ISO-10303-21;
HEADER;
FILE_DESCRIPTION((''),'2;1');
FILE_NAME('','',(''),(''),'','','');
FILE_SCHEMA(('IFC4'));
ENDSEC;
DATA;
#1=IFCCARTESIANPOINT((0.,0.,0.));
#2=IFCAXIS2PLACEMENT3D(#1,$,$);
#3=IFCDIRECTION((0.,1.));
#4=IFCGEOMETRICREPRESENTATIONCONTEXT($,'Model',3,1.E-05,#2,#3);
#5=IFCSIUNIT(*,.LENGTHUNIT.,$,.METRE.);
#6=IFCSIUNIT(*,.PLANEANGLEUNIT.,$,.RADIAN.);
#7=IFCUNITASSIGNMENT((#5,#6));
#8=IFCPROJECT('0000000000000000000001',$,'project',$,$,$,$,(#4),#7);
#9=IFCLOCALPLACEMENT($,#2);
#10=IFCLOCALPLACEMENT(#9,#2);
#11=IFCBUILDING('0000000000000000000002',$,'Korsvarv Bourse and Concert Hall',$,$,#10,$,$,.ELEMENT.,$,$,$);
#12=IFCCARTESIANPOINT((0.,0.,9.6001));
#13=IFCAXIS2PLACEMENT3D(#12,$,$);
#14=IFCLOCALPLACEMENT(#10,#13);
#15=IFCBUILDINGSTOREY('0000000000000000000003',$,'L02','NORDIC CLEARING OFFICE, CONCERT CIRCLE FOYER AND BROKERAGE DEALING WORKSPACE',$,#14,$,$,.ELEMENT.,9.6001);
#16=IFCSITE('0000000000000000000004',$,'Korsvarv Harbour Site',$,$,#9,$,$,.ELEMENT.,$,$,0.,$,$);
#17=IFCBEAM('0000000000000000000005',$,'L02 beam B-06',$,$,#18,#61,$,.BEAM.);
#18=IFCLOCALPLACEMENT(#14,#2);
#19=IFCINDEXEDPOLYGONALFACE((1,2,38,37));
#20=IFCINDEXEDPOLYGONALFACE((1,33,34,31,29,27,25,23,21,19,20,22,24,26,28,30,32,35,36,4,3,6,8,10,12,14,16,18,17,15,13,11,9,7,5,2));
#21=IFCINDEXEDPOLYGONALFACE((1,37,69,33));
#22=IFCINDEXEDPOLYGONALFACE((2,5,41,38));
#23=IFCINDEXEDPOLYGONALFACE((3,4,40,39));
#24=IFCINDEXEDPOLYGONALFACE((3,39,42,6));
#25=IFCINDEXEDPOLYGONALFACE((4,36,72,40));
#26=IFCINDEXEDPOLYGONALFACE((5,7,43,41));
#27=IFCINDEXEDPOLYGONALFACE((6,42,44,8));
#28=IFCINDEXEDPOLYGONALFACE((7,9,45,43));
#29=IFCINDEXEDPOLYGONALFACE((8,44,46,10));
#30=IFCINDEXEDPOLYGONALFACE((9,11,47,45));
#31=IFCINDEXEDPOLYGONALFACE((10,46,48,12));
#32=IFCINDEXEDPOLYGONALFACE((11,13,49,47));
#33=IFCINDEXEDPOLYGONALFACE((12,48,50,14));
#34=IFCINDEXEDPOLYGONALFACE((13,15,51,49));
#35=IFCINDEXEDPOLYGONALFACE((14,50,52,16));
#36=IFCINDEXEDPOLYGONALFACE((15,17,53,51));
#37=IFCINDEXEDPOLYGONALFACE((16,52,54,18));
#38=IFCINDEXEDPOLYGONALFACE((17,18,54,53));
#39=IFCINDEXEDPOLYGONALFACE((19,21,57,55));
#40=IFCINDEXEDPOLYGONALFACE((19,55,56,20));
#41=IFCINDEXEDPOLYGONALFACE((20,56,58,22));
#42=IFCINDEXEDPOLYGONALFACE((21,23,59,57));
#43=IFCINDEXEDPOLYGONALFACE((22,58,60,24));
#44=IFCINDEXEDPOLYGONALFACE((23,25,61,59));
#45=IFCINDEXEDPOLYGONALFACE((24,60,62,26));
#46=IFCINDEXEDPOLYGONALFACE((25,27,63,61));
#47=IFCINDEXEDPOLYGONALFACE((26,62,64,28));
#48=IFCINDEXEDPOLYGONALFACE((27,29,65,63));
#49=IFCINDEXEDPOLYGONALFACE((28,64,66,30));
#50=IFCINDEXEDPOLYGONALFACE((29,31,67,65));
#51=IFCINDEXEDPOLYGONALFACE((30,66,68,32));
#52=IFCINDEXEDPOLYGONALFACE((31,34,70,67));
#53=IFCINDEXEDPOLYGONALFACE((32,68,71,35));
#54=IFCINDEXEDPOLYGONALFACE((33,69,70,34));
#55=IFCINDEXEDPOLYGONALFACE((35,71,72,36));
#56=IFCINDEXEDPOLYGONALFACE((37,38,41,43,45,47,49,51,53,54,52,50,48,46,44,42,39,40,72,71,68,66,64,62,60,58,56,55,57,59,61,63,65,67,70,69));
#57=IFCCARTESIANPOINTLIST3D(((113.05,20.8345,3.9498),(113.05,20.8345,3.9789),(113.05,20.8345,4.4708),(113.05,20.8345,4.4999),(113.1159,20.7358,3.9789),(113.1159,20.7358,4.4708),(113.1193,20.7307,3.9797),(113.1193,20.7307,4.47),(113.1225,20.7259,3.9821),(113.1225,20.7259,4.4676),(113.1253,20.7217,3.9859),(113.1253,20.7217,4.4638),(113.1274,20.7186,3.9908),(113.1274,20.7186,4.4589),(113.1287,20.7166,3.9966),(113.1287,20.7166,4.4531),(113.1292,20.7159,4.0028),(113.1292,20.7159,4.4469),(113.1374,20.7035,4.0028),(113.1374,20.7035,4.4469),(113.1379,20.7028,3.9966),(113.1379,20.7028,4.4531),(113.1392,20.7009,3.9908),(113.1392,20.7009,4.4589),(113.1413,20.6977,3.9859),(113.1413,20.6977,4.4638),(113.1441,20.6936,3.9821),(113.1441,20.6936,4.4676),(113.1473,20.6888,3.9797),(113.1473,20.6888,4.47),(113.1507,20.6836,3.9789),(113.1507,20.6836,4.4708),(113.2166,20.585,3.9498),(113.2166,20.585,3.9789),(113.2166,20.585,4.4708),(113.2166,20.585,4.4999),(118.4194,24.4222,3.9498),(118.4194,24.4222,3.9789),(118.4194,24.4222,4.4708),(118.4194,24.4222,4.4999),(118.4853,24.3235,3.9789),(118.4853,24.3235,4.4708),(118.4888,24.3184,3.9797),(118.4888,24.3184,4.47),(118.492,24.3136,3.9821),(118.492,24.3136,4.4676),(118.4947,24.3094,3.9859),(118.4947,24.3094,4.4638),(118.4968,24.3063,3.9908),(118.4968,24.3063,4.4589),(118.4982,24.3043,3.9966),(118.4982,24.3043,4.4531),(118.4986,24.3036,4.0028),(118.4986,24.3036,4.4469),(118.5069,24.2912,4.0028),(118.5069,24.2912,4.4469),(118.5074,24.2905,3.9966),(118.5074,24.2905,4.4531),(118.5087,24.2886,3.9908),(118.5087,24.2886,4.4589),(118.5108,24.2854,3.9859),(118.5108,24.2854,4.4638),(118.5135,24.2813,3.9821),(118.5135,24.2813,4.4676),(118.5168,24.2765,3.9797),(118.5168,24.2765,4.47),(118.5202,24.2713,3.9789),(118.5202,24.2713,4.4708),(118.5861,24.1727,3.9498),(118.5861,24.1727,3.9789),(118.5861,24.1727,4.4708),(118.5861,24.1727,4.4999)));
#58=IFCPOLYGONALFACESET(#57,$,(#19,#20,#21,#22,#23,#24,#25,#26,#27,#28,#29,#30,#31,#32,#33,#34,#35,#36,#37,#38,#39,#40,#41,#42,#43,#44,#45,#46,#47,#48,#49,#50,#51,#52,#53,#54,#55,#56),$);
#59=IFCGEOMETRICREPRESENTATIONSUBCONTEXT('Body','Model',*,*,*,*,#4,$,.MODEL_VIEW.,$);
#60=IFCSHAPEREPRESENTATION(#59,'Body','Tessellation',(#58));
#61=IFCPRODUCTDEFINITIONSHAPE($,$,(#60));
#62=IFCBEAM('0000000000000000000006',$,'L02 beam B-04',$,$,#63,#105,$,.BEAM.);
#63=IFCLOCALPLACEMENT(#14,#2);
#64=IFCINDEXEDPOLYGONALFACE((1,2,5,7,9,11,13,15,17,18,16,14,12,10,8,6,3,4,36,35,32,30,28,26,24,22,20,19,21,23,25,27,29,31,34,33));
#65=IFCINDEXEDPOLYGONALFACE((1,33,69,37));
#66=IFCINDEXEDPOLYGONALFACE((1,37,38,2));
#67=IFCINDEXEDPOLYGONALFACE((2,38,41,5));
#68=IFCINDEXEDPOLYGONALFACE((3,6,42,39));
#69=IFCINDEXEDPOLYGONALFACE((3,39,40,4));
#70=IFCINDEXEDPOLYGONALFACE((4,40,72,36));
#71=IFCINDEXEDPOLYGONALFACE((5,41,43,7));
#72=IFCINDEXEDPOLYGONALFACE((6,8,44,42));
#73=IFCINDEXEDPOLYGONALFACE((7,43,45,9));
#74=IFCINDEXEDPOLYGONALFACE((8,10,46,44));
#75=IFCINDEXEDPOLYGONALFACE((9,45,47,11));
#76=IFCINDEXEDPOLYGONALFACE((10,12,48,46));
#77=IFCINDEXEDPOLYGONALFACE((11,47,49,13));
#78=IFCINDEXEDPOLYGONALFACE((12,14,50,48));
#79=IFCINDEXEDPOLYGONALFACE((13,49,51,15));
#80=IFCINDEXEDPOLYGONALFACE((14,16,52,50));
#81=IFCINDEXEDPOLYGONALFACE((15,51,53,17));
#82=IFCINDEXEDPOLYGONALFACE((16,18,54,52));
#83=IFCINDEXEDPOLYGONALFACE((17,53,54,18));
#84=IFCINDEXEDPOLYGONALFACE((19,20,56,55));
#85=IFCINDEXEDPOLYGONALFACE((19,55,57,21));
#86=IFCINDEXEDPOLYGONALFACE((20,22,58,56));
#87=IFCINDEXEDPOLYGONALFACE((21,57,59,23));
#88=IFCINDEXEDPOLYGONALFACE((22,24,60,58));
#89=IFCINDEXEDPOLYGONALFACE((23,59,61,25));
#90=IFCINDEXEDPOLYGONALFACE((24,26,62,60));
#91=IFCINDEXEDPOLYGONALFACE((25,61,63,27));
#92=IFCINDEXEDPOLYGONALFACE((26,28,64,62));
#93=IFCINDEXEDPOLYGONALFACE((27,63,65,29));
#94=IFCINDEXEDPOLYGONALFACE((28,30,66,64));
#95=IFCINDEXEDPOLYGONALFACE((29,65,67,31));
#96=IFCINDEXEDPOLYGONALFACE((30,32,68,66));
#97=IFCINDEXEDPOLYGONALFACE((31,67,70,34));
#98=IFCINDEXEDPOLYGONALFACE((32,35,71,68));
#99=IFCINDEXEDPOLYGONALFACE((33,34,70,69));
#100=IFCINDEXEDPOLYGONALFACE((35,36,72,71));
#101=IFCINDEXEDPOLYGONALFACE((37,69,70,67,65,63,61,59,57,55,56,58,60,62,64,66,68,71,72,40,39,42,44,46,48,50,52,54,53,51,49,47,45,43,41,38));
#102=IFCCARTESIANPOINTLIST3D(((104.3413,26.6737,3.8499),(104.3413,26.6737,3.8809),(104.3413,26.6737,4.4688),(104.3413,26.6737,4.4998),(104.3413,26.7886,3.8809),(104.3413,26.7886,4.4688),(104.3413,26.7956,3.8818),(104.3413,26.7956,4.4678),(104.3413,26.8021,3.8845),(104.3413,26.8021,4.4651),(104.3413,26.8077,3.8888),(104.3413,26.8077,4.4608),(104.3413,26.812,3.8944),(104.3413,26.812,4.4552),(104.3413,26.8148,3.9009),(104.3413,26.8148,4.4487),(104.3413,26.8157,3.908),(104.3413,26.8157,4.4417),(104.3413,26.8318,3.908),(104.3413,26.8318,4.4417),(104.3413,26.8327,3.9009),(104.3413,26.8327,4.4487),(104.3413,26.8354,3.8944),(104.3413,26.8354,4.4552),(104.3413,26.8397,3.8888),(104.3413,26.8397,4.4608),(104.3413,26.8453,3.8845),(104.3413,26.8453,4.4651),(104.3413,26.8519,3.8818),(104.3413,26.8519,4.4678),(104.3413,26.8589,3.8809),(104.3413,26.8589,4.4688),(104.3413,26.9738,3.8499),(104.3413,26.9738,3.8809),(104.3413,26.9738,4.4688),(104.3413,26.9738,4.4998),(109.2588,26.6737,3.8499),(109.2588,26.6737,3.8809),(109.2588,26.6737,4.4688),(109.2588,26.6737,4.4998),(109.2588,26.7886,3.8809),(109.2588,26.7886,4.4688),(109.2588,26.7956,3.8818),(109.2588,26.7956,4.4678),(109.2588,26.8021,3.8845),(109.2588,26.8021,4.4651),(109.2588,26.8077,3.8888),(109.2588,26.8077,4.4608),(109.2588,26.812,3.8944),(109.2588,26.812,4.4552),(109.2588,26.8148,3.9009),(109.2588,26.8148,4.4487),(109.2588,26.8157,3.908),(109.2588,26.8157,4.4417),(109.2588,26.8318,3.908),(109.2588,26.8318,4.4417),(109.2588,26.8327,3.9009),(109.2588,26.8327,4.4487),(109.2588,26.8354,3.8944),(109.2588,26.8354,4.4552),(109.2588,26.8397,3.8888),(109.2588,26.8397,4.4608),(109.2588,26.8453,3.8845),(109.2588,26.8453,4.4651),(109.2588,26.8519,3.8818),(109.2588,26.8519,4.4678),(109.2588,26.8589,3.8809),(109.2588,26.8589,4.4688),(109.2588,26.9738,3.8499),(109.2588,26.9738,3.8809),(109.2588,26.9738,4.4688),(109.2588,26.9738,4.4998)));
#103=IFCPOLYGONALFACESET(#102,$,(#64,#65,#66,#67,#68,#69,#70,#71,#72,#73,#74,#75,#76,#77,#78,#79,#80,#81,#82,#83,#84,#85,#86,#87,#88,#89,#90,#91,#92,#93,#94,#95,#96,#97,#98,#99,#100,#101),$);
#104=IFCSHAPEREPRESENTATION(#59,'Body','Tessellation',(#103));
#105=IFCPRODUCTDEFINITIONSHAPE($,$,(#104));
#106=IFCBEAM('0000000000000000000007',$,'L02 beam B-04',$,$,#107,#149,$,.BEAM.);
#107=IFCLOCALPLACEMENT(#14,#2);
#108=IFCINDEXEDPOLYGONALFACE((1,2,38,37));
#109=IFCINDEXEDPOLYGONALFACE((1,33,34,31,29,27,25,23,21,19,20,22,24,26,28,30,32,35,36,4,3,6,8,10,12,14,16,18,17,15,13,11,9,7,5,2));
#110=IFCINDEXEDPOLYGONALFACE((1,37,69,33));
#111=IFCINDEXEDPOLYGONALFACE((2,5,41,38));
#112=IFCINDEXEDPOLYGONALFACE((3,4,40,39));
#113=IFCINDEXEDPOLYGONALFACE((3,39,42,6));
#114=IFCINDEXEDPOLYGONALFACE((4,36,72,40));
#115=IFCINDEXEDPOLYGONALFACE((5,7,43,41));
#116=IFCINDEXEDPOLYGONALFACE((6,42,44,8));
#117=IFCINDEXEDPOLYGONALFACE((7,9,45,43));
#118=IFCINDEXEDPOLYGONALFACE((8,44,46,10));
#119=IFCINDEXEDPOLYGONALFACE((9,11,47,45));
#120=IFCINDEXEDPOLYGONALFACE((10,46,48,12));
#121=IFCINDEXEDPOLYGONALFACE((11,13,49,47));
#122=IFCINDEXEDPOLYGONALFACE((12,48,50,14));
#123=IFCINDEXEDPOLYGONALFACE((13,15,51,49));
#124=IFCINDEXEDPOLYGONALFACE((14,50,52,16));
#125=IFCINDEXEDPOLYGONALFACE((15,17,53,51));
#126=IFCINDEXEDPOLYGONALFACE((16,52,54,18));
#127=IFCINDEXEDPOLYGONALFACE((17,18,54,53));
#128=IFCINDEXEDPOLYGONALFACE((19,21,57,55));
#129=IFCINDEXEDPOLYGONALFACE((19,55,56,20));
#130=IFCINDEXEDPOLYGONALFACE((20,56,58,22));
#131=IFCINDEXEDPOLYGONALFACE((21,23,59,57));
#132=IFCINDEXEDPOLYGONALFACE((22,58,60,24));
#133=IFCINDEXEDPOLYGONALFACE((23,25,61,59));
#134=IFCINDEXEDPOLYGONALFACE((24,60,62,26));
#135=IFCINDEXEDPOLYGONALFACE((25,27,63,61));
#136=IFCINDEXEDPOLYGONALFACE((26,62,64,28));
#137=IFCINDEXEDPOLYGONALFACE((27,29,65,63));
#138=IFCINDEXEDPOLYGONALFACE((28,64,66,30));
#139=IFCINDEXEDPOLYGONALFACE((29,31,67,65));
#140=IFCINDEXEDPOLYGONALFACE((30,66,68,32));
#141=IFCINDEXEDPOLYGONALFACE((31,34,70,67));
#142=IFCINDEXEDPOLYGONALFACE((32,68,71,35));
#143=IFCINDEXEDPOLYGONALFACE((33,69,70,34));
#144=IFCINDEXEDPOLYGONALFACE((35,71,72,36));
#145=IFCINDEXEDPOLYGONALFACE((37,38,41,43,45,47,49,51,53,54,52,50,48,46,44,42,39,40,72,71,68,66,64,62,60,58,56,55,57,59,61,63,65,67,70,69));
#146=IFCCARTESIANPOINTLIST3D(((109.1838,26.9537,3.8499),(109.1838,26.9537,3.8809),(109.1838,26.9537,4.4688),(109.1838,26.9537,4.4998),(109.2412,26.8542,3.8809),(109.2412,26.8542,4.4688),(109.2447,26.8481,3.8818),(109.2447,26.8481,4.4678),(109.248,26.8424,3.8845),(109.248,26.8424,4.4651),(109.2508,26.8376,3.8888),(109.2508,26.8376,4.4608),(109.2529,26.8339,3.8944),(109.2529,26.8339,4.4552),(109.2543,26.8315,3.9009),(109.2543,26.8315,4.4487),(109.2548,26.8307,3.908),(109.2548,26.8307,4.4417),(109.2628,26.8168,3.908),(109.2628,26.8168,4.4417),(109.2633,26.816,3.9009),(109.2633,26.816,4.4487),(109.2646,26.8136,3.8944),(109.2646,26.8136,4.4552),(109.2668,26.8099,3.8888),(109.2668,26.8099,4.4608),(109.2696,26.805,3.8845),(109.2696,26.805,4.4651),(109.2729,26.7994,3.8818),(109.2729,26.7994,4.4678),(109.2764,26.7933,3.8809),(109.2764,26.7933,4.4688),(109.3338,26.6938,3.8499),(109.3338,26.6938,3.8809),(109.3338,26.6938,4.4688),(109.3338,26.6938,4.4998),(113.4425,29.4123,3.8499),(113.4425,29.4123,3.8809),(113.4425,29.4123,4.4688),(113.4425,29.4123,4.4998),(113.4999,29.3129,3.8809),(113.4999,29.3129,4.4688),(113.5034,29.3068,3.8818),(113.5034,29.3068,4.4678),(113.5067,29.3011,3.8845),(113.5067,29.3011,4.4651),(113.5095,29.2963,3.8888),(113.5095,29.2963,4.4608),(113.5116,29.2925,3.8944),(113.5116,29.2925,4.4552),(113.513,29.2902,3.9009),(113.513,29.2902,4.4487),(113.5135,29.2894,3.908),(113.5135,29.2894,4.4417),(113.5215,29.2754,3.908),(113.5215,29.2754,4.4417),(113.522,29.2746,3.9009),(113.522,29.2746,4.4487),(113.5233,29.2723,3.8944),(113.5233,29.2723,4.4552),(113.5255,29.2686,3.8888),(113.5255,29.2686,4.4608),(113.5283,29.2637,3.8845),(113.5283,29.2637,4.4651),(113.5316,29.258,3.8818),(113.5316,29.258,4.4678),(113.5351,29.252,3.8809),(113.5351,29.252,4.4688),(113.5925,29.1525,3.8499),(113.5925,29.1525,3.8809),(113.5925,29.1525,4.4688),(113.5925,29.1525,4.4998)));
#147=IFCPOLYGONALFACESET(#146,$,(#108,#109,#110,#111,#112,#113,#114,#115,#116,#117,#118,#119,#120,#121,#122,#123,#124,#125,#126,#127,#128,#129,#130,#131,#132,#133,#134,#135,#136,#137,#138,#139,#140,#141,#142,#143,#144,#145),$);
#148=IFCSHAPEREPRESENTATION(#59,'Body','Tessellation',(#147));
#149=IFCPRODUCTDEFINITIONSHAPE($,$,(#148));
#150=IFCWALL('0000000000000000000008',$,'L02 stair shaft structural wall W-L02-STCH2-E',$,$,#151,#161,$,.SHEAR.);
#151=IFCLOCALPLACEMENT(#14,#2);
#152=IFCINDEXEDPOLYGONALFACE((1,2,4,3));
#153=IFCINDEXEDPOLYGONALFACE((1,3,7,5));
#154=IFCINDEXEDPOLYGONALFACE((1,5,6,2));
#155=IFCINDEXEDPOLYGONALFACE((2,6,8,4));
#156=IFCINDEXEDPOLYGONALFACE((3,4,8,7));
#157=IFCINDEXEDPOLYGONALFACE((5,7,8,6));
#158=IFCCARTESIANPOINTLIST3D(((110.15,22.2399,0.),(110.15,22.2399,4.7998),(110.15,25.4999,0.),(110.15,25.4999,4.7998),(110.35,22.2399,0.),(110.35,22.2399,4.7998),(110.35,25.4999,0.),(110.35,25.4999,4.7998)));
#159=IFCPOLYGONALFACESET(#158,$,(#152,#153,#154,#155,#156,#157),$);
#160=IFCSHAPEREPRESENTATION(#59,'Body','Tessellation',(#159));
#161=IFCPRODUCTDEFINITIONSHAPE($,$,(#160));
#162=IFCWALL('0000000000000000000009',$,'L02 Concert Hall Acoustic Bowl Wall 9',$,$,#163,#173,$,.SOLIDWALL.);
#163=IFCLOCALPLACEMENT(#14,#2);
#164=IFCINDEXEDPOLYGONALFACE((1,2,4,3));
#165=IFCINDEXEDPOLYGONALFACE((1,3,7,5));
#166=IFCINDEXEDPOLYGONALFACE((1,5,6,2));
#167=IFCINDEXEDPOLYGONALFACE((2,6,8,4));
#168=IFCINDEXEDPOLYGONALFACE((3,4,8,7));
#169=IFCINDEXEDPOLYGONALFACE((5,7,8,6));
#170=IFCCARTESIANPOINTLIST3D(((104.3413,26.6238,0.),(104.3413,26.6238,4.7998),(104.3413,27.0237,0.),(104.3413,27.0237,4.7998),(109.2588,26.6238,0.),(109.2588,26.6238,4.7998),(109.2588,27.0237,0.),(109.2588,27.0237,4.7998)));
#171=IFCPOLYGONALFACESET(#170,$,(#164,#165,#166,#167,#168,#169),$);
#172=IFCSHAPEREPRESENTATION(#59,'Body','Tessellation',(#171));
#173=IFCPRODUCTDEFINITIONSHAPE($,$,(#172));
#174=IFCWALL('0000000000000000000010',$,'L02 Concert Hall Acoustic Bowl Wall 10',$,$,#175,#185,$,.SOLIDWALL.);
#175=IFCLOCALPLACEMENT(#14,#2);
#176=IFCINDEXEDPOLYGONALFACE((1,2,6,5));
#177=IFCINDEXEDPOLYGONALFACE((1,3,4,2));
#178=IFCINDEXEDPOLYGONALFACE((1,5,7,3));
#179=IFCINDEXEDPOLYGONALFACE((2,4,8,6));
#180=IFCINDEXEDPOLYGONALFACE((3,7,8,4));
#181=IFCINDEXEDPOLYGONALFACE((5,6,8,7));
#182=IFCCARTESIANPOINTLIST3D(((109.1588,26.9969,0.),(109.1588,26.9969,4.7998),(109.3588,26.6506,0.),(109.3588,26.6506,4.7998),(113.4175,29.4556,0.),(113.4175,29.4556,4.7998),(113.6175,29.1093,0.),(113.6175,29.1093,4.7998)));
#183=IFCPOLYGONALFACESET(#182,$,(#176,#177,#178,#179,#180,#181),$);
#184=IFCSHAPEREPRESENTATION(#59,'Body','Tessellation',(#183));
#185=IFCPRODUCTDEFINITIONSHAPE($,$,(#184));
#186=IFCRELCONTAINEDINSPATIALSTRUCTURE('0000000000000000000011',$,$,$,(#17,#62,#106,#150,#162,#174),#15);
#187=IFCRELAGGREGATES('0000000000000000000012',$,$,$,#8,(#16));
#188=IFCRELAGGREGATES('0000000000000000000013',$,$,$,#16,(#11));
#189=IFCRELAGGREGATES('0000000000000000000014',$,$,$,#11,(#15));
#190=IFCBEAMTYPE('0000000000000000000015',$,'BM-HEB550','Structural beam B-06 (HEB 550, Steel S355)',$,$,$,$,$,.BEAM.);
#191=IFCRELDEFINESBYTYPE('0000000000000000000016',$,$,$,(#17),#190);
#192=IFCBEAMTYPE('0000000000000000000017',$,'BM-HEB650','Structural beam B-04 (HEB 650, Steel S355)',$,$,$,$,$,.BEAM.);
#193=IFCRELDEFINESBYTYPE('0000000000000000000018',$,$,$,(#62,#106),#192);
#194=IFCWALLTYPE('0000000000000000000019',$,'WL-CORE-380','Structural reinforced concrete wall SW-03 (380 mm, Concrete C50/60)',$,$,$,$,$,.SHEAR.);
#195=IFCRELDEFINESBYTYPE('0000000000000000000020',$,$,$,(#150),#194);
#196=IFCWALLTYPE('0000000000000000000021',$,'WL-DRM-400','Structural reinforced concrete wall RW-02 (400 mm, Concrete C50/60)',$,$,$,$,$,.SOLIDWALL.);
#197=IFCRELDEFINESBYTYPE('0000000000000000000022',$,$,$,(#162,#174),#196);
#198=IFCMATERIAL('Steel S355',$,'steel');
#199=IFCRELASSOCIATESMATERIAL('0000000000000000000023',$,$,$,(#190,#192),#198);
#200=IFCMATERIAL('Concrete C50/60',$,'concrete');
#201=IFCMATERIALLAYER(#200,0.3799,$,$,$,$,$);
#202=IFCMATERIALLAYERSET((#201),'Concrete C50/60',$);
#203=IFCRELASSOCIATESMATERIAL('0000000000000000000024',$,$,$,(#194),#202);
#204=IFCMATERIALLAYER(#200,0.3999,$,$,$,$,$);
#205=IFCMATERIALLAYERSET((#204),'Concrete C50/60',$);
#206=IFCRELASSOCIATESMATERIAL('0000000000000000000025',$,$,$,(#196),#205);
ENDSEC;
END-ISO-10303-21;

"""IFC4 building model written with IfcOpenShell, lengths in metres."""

from ifc_helpers import new_model, si_unit, direction, frame, frame_2d, origin, origin_2d, place, context, subcontext, project, spatial, rectangle, i_section, extrude, source, transform, mapped, material, layer, layer_set, material_profile, profile_set, type_object, element, save


model = new_model("IFC4")

# Units and contexts
model_context = context("Model", 3, precision=1e-05, world=origin(), true_north=direction((0.0, 1.0)))
body_context = subcontext(model_context, "Body", "Model", "MODEL_VIEW")
ifc_project = project(units=[si_unit("LENGTHUNIT", "METRE"), si_unit("PLANEANGLEUNIT", "RADIAN")], contexts=[model_context])

# Site, building, storey
site_placement = place(None, origin())
site = spatial("IfcSite", under=ifc_project, at=site_placement, Name="Korsvarv Harbour Site", CompositionType="ELEMENT", RefElevation=0.0)
building_placement = place(site_placement, origin())
building = spatial("IfcBuilding", under=site, at=building_placement, Name="Korsvarv Bourse and Concert Hall", CompositionType="ELEMENT")
storey_placement = place(building_placement, frame((0.0, 0.0, 9.6001)))
storey = spatial("IfcBuildingStorey", under=building, at=storey_placement, Name="L02", Description="NORDIC CLEARING OFFICE, CONCERT CIRCLE FOYER AND BROKERAGE DEALING WORKSPACE", CompositionType="ELEMENT", Elevation=9.6001)

# Shared definitions
ifc_material_1 = material(Name="Concrete C50/60", Category="concrete")

# Beams
ifc_material_2 = material(Name="Steel S355", Category="steel")
ifc_material_profile_1 = material_profile(ifc_material_2, i_section(OverallWidth=0.3, OverallDepth=0.55, WebThickness=0.0149, FlangeThickness=0.0291, FilletRadius=0.0239, at=origin_2d()), Name="HEB 550")
ifc_profile_set_1 = profile_set([ifc_material_profile_1], Name="Steel S355")
beam_type_1 = type_object("IfcBeamType", Name="BM-HEB550", Description="Structural beam B-06 (HEB 550, Steel S355)", PredefinedType="BEAM", material=ifc_profile_set_1)
shared_shape_1 = source(origin(), body_context, "Body", "SweptSolid", [
    extrude(i_section(OverallWidth=0.3, OverallDepth=0.55, WebThickness=0.0149, FlangeThickness=0.0291, FilletRadius=0.0239, at=origin_2d()), origin(), (0.0, 0.0, 1.0), 6.4578),
])
beam_1_placement = place(storey_placement, frame((113.1333, 20.7097, 4.2249), z_axis=(0.831474, 0.555564, 0.0), x_axis=(-0.555564, 0.831474, 0.0)))
element("IfcBeam", 1, at=beam_1_placement, inside=storey, type_object=beam_type_1, Name="L02 beam B-06", PredefinedType="BEAM", context=body_context, shape_type="MappedRepresentation", body=[
    mapped(shared_shape_1, transform((0.0, 0.0, 0.0), scale=1.0)),
])
ifc_material_profile_2 = material_profile(ifc_material_2, i_section(OverallWidth=0.3, OverallDepth=0.6499, WebThickness=0.0161, FlangeThickness=0.031, FilletRadius=0.0271, at=origin_2d()), Name="HEB 650")
ifc_profile_set_2 = profile_set([ifc_material_profile_2], Name="Steel S355")
beam_type_2 = type_object("IfcBeamType", Name="BM-HEB650", Description="Structural beam B-04 (HEB 650, Steel S355)", PredefinedType="BEAM", material=ifc_profile_set_2)
shared_shape_2 = source(origin(), body_context, "Body", "SweptSolid", [
    extrude(i_section(OverallWidth=0.3, OverallDepth=0.6499, WebThickness=0.0161, FlangeThickness=0.031, FilletRadius=0.0271, at=origin_2d()), origin(), (0.0, 0.0, 1.0), 4.9175),
])
for number, where, z_axis, x_axis, name in (
    (2, (104.3413, 26.8237, 4.1748), (1.0, 0.0, 0.0), (0.0, 1.0, 0.0), "L02 beam B-04"),
    (3, (109.2588, 26.8237, 4.1748), (0.866032, 0.499989, 0.0), (-0.499989, 0.866032, 0.0), "L02 beam B-04"),
):
    element("IfcBeam", number, at=place(storey_placement, frame(where, z_axis=z_axis, x_axis=x_axis)), inside=storey, type_object=beam_type_2, Name=name, PredefinedType="BEAM", context=body_context, shape_type="MappedRepresentation", body=[
        mapped(shared_shape_2, transform((0.0, 0.0, 0.0), scale=1.0)),
    ])

# Walls
ifc_layer_1 = layer(ifc_material_1, 0.3799)
ifc_layer_set_1 = layer_set([ifc_layer_1], Name="Concrete C50/60")
wall_type_1 = type_object("IfcWallType", Name="WL-CORE-380", Description="Structural reinforced concrete wall SW-03 (380 mm, Concrete C50/60)", PredefinedType="SHEAR", material=ifc_layer_set_1)
wall_1_placement = place(storey_placement, frame((110.25, 22.24, 0.0), z_axis=(0.0, 0.0, 1.0), x_axis=(0.0, 1.0, 0.0)))
element("IfcWall", 4, at=wall_1_placement, inside=storey, type_object=wall_type_1, Name="L02 stair shaft structural wall W-L02-STCH2-E", PredefinedType="SHEAR", context=body_context, shape_type="SweptSolid", body=[
    extrude(rectangle(XDim=3.26, YDim=0.2, at=frame_2d((1.6299, 0.0))), origin(), (0.0, 0.0, 1.0), 4.7998),
])
ifc_layer_2 = layer(ifc_material_1, 0.3999)
ifc_layer_set_2 = layer_set([ifc_layer_2], Name="Concrete C50/60")
wall_type_2 = type_object("IfcWallType", Name="WL-DRM-400", Description="Structural reinforced concrete wall RW-02 (400 mm, Concrete C50/60)", PredefinedType="SOLIDWALL", material=ifc_layer_set_2)
for number, where, z_axis, x_axis, name in (
    (5, (104.3413, 26.8237, 0.0), (0.0, 0.0, 1.0), (1.0, 0.0, 0.0), "L02 Concert Hall Acoustic Bowl Wall 9"),
    (6, (109.2588, 26.8237, 0.0), (0.0, 0.0, 1.0), (0.866032, 0.499989, 0.0), "L02 Concert Hall Acoustic Bowl Wall 10"),
):
    element("IfcWall", number, at=place(storey_placement, frame(where, z_axis=z_axis, x_axis=x_axis)), inside=storey, type_object=wall_type_2, Name=name, PredefinedType="SOLIDWALL", context=body_context, shape_type="SweptSolid", body=[
        extrude(rectangle(XDim=4.9175, YDim=0.3999, at=frame_2d((2.4587, 0.0))), origin(), (0.0, 0.0, 1.0), 4.7998),
    ])

save(model, "model.ifc")
